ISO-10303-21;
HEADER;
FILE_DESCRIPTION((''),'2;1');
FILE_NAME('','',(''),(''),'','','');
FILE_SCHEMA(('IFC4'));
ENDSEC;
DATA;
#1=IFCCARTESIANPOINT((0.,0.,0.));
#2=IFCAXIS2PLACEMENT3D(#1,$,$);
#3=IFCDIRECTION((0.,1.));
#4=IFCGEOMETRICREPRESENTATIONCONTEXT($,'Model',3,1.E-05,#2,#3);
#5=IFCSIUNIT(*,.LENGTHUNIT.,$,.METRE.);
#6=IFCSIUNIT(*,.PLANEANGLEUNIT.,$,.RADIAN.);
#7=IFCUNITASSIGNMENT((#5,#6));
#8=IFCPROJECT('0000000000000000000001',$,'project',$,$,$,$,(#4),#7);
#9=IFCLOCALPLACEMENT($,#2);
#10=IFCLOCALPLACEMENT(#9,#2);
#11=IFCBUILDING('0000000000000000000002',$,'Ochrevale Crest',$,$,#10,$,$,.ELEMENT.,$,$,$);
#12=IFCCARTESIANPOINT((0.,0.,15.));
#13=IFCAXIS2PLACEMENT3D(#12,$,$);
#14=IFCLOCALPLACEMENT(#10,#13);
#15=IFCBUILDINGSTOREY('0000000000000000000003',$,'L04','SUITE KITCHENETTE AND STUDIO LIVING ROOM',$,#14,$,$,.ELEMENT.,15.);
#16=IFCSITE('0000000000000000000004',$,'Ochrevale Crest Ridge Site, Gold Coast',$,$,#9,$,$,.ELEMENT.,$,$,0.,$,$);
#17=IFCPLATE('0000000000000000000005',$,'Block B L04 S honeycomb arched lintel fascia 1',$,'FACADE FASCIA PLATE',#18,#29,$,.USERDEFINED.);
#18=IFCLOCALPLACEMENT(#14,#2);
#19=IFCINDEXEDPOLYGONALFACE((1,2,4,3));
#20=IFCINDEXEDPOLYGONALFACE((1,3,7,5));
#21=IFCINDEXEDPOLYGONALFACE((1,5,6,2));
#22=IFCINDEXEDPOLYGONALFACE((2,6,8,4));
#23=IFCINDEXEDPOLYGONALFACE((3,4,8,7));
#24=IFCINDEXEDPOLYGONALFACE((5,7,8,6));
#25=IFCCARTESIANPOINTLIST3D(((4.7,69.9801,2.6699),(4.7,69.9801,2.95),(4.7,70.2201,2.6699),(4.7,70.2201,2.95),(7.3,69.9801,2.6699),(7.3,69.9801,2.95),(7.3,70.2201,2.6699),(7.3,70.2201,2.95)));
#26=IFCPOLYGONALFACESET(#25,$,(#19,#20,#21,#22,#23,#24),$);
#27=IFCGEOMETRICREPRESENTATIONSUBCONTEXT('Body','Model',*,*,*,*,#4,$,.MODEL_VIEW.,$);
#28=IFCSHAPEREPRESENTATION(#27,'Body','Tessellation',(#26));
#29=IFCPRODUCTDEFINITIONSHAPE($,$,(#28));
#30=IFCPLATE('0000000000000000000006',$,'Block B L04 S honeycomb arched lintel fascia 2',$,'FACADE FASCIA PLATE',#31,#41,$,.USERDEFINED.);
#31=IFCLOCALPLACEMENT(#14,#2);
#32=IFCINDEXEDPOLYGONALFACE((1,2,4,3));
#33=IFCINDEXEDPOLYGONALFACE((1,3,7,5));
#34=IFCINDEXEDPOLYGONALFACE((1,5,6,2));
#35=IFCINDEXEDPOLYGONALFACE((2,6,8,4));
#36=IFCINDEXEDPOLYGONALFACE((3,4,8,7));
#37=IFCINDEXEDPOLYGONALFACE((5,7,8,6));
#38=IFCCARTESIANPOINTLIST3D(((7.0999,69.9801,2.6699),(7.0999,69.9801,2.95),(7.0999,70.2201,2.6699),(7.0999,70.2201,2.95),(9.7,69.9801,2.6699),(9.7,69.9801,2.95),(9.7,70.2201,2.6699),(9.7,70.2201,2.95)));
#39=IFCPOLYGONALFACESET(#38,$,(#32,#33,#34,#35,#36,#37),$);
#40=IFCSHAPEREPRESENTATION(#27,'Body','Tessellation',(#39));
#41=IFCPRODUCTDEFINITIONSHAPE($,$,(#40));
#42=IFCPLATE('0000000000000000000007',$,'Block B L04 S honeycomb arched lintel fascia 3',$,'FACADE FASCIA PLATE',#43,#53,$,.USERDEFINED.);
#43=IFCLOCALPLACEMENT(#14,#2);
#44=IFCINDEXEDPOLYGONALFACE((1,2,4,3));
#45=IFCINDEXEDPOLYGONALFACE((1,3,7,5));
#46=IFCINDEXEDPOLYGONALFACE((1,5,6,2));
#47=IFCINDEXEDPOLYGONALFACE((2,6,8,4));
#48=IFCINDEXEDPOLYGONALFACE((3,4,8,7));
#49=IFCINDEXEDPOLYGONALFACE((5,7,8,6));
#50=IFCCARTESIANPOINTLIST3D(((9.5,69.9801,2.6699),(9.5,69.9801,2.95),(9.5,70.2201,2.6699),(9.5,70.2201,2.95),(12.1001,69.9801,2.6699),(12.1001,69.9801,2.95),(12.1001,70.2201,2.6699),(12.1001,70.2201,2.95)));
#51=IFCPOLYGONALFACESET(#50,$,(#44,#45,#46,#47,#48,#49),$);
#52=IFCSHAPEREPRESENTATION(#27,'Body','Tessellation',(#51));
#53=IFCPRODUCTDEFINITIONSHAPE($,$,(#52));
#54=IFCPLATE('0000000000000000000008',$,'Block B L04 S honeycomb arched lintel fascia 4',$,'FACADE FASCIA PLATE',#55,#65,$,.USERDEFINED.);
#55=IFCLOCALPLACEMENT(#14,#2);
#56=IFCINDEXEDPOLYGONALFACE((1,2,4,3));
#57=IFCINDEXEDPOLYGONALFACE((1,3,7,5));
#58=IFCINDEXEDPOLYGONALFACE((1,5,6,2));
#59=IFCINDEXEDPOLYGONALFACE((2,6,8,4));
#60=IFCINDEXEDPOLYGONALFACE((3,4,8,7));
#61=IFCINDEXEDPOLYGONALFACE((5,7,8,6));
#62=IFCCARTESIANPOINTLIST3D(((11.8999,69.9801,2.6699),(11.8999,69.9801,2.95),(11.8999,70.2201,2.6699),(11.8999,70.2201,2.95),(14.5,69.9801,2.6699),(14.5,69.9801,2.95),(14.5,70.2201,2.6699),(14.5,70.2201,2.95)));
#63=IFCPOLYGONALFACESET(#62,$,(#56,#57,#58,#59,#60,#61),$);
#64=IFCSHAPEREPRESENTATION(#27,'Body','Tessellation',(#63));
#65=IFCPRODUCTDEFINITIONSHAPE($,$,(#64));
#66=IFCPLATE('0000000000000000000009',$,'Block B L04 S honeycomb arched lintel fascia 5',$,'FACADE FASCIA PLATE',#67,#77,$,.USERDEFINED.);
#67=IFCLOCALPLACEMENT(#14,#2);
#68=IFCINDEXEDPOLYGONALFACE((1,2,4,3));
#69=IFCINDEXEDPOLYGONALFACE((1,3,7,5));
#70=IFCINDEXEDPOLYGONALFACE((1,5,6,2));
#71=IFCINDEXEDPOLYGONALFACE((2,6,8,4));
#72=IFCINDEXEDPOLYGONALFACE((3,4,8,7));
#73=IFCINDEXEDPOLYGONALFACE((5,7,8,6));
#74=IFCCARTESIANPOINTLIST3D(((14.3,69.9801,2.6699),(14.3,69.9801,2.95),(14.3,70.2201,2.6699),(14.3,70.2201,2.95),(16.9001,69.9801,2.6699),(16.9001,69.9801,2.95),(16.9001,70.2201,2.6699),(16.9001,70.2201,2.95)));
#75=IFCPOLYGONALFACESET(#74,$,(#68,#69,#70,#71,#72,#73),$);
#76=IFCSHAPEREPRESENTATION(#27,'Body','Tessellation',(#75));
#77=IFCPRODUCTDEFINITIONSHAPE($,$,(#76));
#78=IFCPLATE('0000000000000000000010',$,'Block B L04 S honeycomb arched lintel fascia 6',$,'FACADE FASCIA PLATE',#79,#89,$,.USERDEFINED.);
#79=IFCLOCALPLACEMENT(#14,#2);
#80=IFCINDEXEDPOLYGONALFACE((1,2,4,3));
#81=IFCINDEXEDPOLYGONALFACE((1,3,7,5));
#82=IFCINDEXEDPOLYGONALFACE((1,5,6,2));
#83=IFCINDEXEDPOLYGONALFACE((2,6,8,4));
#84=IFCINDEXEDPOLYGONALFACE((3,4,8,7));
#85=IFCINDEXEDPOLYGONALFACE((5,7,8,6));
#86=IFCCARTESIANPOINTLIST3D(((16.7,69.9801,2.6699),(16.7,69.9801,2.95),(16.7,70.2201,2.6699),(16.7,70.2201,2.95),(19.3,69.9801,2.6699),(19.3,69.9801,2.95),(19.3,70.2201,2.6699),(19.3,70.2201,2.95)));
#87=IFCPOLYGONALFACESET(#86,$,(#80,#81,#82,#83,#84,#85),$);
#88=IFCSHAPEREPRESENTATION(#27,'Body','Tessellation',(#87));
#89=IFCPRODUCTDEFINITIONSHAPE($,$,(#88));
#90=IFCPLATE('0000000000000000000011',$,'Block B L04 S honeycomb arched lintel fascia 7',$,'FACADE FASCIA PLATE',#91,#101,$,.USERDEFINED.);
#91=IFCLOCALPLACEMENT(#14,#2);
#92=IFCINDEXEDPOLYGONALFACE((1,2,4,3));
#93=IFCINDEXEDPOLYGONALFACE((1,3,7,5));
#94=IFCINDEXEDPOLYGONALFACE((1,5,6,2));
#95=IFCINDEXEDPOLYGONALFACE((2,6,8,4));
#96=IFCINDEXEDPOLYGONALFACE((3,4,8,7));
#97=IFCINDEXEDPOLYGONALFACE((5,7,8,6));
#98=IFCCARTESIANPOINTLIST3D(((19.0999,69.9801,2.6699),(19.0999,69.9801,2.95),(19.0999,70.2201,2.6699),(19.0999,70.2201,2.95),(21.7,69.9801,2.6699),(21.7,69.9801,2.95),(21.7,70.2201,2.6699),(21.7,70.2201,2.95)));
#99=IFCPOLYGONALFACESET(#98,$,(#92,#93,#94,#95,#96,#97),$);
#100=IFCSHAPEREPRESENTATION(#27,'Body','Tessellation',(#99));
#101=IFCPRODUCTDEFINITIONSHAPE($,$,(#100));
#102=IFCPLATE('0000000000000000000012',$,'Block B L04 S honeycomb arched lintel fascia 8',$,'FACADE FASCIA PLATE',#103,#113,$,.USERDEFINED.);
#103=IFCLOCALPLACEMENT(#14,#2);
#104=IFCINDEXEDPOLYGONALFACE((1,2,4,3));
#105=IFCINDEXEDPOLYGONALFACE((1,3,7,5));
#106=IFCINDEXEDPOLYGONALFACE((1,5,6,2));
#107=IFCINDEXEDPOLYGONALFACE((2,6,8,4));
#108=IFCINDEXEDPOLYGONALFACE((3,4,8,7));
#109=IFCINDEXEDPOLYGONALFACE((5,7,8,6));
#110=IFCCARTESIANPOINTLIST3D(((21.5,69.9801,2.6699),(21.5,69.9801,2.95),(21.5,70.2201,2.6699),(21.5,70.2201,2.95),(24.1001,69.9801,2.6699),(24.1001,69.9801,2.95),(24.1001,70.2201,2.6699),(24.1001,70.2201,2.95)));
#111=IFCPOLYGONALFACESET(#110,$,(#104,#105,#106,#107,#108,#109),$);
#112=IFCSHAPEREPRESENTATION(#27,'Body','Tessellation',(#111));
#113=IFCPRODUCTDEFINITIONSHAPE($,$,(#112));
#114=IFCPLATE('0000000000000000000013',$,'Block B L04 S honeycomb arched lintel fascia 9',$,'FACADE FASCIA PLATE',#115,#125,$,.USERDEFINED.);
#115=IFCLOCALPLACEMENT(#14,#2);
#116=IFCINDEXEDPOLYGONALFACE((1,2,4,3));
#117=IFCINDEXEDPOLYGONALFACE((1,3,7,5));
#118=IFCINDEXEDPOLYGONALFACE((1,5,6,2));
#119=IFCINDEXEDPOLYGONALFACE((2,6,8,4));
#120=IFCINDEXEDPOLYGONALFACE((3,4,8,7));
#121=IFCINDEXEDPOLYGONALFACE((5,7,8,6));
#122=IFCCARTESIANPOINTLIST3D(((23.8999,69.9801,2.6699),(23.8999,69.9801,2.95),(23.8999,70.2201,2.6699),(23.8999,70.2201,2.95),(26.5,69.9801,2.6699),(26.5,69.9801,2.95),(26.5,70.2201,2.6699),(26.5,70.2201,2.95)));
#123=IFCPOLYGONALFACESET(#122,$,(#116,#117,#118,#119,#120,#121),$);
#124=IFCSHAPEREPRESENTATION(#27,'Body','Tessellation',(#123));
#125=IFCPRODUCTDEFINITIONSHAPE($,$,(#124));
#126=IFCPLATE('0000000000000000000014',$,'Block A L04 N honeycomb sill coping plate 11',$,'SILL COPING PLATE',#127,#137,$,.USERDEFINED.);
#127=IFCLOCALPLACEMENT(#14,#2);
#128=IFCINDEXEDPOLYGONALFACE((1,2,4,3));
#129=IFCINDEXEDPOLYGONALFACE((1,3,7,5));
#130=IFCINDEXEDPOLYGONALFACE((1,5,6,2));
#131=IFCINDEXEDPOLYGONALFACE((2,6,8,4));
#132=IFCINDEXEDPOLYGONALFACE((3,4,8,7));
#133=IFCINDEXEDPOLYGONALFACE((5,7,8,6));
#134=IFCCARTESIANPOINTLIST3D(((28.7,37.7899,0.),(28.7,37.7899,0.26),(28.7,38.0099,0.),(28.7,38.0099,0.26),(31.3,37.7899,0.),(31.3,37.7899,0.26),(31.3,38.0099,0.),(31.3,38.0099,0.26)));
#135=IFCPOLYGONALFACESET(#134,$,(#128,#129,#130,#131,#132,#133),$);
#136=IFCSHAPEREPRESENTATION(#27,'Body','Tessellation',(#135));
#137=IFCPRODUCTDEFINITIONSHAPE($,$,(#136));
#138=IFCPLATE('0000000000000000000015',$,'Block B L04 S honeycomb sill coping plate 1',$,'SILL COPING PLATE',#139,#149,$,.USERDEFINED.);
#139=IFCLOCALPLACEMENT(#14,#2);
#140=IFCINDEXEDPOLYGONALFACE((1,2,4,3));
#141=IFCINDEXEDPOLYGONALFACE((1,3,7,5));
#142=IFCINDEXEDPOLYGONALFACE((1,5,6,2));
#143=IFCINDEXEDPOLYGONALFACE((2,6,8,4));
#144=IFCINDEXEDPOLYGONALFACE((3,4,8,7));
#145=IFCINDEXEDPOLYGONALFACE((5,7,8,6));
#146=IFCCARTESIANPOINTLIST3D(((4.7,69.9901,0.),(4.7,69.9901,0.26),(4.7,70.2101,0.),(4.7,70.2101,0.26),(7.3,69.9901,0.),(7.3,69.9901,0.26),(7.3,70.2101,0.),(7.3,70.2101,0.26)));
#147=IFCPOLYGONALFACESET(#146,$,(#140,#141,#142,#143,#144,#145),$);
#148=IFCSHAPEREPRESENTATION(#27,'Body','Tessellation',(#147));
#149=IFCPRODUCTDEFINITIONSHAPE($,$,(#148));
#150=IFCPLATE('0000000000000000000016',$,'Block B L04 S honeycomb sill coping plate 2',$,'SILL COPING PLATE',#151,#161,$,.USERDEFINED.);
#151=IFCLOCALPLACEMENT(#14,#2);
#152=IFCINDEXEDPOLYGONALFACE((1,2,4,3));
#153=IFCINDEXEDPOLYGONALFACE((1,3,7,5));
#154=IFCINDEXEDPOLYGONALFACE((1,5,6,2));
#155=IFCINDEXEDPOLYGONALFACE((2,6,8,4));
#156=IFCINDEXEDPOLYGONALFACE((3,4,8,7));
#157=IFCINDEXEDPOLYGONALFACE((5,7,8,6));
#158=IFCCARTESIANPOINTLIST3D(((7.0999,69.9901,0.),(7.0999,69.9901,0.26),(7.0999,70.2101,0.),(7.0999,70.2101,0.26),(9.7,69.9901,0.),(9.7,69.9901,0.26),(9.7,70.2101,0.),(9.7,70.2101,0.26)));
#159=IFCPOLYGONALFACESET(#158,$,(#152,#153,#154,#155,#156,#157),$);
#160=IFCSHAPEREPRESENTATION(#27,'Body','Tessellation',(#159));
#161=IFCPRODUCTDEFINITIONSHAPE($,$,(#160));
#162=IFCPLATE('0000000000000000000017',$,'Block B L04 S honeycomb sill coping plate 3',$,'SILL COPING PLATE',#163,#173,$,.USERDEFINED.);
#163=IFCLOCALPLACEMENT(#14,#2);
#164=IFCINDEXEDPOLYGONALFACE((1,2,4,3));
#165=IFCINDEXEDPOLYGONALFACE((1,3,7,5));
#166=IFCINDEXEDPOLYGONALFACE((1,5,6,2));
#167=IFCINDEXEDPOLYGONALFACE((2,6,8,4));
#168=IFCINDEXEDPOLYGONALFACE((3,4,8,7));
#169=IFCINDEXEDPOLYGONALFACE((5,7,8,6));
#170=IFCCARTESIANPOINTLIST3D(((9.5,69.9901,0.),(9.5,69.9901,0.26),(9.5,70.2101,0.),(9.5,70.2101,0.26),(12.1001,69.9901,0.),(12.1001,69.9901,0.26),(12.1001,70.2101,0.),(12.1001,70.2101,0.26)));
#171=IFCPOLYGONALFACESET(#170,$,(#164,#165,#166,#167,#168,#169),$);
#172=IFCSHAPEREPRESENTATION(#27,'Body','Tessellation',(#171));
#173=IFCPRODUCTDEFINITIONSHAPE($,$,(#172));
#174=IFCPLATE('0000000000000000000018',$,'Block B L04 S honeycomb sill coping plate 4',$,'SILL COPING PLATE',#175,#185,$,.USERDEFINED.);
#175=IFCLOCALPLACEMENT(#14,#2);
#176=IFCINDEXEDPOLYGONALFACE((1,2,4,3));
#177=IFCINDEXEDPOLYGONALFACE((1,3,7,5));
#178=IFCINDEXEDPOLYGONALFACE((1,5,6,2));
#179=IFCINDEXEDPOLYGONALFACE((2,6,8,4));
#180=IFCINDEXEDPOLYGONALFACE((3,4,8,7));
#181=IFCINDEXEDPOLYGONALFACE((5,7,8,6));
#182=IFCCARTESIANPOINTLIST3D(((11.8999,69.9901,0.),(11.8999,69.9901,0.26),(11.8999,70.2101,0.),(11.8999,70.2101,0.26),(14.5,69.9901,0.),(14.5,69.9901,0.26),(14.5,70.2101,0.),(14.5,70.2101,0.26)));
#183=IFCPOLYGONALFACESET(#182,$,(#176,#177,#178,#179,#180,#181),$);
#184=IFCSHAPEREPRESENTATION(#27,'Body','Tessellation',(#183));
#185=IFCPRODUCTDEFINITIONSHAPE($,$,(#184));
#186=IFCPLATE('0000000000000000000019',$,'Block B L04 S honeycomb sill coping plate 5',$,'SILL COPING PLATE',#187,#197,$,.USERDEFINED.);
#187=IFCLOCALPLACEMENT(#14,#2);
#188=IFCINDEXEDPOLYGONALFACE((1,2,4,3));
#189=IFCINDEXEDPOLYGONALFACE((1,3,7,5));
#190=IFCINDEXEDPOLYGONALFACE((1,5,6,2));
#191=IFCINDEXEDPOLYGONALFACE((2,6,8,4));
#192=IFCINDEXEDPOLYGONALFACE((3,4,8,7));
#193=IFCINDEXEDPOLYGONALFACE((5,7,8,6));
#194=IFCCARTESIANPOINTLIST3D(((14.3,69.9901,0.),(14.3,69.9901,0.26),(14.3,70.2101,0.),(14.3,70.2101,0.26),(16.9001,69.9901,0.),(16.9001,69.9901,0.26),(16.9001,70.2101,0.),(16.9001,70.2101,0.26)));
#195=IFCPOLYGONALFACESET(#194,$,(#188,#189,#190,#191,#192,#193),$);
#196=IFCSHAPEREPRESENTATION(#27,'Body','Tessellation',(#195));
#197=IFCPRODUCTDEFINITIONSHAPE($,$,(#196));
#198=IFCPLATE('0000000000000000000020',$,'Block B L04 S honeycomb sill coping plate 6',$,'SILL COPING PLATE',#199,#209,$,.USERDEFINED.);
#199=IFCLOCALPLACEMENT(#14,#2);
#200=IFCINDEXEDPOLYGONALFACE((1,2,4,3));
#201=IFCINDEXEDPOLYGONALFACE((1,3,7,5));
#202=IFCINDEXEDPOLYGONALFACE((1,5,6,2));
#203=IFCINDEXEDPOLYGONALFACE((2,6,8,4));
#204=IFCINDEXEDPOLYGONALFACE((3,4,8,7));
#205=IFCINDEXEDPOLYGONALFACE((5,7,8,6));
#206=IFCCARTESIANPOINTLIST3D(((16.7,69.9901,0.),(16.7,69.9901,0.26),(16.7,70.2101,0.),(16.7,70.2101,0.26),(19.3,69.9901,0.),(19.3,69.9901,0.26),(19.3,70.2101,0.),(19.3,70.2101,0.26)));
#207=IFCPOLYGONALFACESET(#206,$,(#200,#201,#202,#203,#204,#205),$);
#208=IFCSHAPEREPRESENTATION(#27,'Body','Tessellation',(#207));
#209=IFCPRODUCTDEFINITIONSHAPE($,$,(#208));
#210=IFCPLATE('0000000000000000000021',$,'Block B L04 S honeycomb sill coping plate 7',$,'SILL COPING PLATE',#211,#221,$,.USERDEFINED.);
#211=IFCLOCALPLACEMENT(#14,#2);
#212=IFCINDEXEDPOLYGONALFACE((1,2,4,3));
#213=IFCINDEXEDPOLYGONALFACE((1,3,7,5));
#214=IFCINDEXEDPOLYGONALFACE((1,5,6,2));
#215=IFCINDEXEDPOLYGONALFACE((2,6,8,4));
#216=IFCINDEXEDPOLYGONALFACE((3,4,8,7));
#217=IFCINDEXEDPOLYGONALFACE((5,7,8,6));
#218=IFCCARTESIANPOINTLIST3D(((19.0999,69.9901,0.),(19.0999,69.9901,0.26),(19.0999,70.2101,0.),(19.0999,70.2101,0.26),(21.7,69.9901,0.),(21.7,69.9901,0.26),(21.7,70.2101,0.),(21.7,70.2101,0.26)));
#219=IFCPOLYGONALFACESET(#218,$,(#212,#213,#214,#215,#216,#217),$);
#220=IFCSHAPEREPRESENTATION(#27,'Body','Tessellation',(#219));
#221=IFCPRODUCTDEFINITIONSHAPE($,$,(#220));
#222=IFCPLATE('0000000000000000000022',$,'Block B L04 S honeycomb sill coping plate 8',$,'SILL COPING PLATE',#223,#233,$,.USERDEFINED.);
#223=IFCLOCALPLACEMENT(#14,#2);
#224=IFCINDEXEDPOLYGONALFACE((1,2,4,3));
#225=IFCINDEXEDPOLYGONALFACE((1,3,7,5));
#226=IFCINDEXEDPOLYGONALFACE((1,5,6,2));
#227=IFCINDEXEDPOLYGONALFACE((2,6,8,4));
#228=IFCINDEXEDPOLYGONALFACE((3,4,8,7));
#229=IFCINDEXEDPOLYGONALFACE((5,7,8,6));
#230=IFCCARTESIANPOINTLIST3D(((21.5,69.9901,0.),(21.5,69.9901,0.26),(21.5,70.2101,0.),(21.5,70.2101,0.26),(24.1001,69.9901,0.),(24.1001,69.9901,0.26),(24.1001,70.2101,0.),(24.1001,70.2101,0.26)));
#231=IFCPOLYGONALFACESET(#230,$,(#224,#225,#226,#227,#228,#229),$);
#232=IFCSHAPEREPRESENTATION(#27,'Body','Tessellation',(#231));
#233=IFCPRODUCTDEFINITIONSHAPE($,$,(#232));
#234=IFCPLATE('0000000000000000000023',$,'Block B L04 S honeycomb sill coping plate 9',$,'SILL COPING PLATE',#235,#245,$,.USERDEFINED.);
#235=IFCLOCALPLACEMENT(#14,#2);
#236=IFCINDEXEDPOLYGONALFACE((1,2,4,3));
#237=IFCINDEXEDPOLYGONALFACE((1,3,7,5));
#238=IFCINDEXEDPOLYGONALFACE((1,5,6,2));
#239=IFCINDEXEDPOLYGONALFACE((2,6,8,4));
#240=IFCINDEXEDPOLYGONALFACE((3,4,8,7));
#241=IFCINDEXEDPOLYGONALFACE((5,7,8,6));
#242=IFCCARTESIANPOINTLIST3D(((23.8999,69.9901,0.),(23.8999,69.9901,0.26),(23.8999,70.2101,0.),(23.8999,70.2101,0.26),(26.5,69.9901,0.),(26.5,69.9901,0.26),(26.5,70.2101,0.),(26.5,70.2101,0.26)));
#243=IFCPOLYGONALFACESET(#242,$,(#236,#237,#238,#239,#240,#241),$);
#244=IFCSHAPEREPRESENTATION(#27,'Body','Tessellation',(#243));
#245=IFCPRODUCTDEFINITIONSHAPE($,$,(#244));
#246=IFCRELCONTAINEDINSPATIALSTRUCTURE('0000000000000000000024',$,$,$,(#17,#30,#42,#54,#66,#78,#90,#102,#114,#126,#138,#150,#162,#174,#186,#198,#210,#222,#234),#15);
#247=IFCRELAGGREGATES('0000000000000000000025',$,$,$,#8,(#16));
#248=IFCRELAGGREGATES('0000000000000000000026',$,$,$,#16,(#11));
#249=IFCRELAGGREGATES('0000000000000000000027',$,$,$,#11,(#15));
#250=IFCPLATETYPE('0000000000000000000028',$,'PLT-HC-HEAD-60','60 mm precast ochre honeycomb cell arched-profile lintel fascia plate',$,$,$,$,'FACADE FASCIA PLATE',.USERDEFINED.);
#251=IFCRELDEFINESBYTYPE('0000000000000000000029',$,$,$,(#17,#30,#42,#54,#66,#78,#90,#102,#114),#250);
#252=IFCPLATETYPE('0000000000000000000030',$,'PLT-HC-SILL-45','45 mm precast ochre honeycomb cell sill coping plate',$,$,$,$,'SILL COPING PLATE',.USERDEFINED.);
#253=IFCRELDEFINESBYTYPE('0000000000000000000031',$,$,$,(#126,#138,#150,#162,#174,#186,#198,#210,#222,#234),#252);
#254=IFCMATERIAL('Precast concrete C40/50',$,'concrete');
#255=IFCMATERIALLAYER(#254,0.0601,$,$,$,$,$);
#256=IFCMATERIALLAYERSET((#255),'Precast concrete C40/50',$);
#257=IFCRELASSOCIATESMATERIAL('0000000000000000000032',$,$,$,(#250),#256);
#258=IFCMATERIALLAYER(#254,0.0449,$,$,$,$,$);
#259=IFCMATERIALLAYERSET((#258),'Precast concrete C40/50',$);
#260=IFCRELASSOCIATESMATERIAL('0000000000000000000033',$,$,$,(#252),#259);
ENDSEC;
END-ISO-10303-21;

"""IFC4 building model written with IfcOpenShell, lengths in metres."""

from ifc_helpers import new_model, si_unit, direction, frame, origin, origin_2d, place, context, subcontext, project, spatial, rectangle, extrude, material, layer, layer_set, type_object, element, save


model = new_model("IFC4")

# Units and contexts
model_context = context("Model", 3, precision=1e-05, world=origin(), true_north=direction((0.0, 1.0)))
body_context = subcontext(model_context, "Body", "Model", "MODEL_VIEW")
ifc_project = project(units=[si_unit("LENGTHUNIT", "METRE"), si_unit("PLANEANGLEUNIT", "RADIAN")], contexts=[model_context])

# Site, building, storey
site_placement = place(None, origin())
site = spatial("IfcSite", under=ifc_project, at=site_placement, Name="Ochrevale Crest Ridge Site, Gold Coast", CompositionType="ELEMENT", RefElevation=0.0)
building_placement = place(site_placement, origin())
building = spatial("IfcBuilding", under=site, at=building_placement, Name="Ochrevale Crest", CompositionType="ELEMENT")
storey_placement = place(building_placement, frame((0.0, 0.0, 15.0)))
storey = spatial("IfcBuildingStorey", under=building, at=storey_placement, Name="L04", Description="SUITE KITCHENETTE AND STUDIO LIVING ROOM", CompositionType="ELEMENT", Elevation=15.0)

# Plates
ifc_material_1 = material(Name="Precast concrete C40/50", Category="concrete")
ifc_layer_1 = layer(ifc_material_1, 0.0601)
ifc_layer_set_1 = layer_set([ifc_layer_1], Name="Precast concrete C40/50")
plate_type_1 = type_object("IfcPlateType", Name="PLT-HC-HEAD-60", Description="60 mm precast ochre honeycomb cell arched-profile lintel fascia plate", ElementType="FACADE FASCIA PLATE", PredefinedType="USERDEFINED", material=ifc_layer_set_1)
for number, where, z_axis, x_axis, name in (
    (1, (6.0, 70.1001, 2.6699), (0.0, 0.0, 1.0), (1.0, 0.0, 0.0), "Block B L04 S honeycomb arched lintel fascia 1"),
    (2, (8.3999, 70.1001, 2.6699), (0.0, 0.0, 1.0), (1.0, 0.0, 0.0), "Block B L04 S honeycomb arched lintel fascia 2"),
    (3, (10.8, 70.1001, 2.6699), (0.0, 0.0, 1.0), (1.0, 0.0, 0.0), "Block B L04 S honeycomb arched lintel fascia 3"),
    (4, (13.2, 70.1001, 2.6699), (0.0, 0.0, 1.0), (1.0, 0.0, 0.0), "Block B L04 S honeycomb arched lintel fascia 4"),
    (5, (15.6001, 70.1001, 2.6699), (0.0, 0.0, 1.0), (1.0, 0.0, 0.0), "Block B L04 S honeycomb arched lintel fascia 5"),
    (6, (18.0, 70.1001, 2.6699), (0.0, 0.0, 1.0), (1.0, 0.0, 0.0), "Block B L04 S honeycomb arched lintel fascia 6"),
    (7, (20.3999, 70.1001, 2.6699), (0.0, 0.0, 1.0), (1.0, 0.0, 0.0), "Block B L04 S honeycomb arched lintel fascia 7"),
    (8, (22.8, 70.1001, 2.6699), (0.0, 0.0, 1.0), (1.0, 0.0, 0.0), "Block B L04 S honeycomb arched lintel fascia 8"),
    (9, (25.2, 70.1001, 2.6699), (0.0, 0.0, 1.0), (1.0, 0.0, 0.0), "Block B L04 S honeycomb arched lintel fascia 9"),
):
    element("IfcPlate", number, at=place(storey_placement, frame(where, z_axis=z_axis, x_axis=x_axis)), inside=storey, type_object=plate_type_1, Name=name, ObjectType="FACADE FASCIA PLATE", PredefinedType="USERDEFINED", context=body_context, shape_type="SweptSolid", body=[
        extrude(rectangle(XDim=2.6001, YDim=0.24, at=origin_2d()), origin(), (0.0, 0.0, 1.0), 0.28),
    ])
ifc_layer_2 = layer(ifc_material_1, 0.0449)
ifc_layer_set_2 = layer_set([ifc_layer_2], Name="Precast concrete C40/50")
plate_type_2 = type_object("IfcPlateType", Name="PLT-HC-SILL-45", Description="45 mm precast ochre honeycomb cell sill coping plate", ElementType="SILL COPING PLATE", PredefinedType="USERDEFINED", material=ifc_layer_set_2)
for number, where, z_axis, x_axis, name in (
    (10, (30.0, 37.8999, 0.0), (0.0, 0.0, 1.0), (1.0, 0.0, 0.0), "Block A L04 N honeycomb sill coping plate 11"),
    (11, (6.0, 70.1001, 0.0), (0.0, 0.0, 1.0), (1.0, 0.0, 0.0), "Block B L04 S honeycomb sill coping plate 1"),
    (12, (8.3999, 70.1001, 0.0), (0.0, 0.0, 1.0), (1.0, 0.0, 0.0), "Block B L04 S honeycomb sill coping plate 2"),
    (13, (10.8, 70.1001, 0.0), (0.0, 0.0, 1.0), (1.0, 0.0, 0.0), "Block B L04 S honeycomb sill coping plate 3"),
    (14, (13.2, 70.1001, 0.0), (0.0, 0.0, 1.0), (1.0, 0.0, 0.0), "Block B L04 S honeycomb sill coping plate 4"),
    (15, (15.6001, 70.1001, 0.0), (0.0, 0.0, 1.0), (1.0, 0.0, 0.0), "Block B L04 S honeycomb sill coping plate 5"),
    (16, (18.0, 70.1001, 0.0), (0.0, 0.0, 1.0), (1.0, 0.0, 0.0), "Block B L04 S honeycomb sill coping plate 6"),
    (17, (20.3999, 70.1001, 0.0), (0.0, 0.0, 1.0), (1.0, 0.0, 0.0), "Block B L04 S honeycomb sill coping plate 7"),
    (18, (22.8, 70.1001, 0.0), (0.0, 0.0, 1.0), (1.0, 0.0, 0.0), "Block B L04 S honeycomb sill coping plate 8"),
    (19, (25.2, 70.1001, 0.0), (0.0, 0.0, 1.0), (1.0, 0.0, 0.0), "Block B L04 S honeycomb sill coping plate 9"),
):
    element("IfcPlate", number, at=place(storey_placement, frame(where, z_axis=z_axis, x_axis=x_axis)), inside=storey, type_object=plate_type_2, Name=name, ObjectType="SILL COPING PLATE", PredefinedType="USERDEFINED", context=body_context, shape_type="SweptSolid", body=[
        extrude(rectangle(XDim=2.6001, YDim=0.22, at=origin_2d()), origin(), (0.0, 0.0, 1.0), 0.26),
    ])

save(model, "model.ifc")
